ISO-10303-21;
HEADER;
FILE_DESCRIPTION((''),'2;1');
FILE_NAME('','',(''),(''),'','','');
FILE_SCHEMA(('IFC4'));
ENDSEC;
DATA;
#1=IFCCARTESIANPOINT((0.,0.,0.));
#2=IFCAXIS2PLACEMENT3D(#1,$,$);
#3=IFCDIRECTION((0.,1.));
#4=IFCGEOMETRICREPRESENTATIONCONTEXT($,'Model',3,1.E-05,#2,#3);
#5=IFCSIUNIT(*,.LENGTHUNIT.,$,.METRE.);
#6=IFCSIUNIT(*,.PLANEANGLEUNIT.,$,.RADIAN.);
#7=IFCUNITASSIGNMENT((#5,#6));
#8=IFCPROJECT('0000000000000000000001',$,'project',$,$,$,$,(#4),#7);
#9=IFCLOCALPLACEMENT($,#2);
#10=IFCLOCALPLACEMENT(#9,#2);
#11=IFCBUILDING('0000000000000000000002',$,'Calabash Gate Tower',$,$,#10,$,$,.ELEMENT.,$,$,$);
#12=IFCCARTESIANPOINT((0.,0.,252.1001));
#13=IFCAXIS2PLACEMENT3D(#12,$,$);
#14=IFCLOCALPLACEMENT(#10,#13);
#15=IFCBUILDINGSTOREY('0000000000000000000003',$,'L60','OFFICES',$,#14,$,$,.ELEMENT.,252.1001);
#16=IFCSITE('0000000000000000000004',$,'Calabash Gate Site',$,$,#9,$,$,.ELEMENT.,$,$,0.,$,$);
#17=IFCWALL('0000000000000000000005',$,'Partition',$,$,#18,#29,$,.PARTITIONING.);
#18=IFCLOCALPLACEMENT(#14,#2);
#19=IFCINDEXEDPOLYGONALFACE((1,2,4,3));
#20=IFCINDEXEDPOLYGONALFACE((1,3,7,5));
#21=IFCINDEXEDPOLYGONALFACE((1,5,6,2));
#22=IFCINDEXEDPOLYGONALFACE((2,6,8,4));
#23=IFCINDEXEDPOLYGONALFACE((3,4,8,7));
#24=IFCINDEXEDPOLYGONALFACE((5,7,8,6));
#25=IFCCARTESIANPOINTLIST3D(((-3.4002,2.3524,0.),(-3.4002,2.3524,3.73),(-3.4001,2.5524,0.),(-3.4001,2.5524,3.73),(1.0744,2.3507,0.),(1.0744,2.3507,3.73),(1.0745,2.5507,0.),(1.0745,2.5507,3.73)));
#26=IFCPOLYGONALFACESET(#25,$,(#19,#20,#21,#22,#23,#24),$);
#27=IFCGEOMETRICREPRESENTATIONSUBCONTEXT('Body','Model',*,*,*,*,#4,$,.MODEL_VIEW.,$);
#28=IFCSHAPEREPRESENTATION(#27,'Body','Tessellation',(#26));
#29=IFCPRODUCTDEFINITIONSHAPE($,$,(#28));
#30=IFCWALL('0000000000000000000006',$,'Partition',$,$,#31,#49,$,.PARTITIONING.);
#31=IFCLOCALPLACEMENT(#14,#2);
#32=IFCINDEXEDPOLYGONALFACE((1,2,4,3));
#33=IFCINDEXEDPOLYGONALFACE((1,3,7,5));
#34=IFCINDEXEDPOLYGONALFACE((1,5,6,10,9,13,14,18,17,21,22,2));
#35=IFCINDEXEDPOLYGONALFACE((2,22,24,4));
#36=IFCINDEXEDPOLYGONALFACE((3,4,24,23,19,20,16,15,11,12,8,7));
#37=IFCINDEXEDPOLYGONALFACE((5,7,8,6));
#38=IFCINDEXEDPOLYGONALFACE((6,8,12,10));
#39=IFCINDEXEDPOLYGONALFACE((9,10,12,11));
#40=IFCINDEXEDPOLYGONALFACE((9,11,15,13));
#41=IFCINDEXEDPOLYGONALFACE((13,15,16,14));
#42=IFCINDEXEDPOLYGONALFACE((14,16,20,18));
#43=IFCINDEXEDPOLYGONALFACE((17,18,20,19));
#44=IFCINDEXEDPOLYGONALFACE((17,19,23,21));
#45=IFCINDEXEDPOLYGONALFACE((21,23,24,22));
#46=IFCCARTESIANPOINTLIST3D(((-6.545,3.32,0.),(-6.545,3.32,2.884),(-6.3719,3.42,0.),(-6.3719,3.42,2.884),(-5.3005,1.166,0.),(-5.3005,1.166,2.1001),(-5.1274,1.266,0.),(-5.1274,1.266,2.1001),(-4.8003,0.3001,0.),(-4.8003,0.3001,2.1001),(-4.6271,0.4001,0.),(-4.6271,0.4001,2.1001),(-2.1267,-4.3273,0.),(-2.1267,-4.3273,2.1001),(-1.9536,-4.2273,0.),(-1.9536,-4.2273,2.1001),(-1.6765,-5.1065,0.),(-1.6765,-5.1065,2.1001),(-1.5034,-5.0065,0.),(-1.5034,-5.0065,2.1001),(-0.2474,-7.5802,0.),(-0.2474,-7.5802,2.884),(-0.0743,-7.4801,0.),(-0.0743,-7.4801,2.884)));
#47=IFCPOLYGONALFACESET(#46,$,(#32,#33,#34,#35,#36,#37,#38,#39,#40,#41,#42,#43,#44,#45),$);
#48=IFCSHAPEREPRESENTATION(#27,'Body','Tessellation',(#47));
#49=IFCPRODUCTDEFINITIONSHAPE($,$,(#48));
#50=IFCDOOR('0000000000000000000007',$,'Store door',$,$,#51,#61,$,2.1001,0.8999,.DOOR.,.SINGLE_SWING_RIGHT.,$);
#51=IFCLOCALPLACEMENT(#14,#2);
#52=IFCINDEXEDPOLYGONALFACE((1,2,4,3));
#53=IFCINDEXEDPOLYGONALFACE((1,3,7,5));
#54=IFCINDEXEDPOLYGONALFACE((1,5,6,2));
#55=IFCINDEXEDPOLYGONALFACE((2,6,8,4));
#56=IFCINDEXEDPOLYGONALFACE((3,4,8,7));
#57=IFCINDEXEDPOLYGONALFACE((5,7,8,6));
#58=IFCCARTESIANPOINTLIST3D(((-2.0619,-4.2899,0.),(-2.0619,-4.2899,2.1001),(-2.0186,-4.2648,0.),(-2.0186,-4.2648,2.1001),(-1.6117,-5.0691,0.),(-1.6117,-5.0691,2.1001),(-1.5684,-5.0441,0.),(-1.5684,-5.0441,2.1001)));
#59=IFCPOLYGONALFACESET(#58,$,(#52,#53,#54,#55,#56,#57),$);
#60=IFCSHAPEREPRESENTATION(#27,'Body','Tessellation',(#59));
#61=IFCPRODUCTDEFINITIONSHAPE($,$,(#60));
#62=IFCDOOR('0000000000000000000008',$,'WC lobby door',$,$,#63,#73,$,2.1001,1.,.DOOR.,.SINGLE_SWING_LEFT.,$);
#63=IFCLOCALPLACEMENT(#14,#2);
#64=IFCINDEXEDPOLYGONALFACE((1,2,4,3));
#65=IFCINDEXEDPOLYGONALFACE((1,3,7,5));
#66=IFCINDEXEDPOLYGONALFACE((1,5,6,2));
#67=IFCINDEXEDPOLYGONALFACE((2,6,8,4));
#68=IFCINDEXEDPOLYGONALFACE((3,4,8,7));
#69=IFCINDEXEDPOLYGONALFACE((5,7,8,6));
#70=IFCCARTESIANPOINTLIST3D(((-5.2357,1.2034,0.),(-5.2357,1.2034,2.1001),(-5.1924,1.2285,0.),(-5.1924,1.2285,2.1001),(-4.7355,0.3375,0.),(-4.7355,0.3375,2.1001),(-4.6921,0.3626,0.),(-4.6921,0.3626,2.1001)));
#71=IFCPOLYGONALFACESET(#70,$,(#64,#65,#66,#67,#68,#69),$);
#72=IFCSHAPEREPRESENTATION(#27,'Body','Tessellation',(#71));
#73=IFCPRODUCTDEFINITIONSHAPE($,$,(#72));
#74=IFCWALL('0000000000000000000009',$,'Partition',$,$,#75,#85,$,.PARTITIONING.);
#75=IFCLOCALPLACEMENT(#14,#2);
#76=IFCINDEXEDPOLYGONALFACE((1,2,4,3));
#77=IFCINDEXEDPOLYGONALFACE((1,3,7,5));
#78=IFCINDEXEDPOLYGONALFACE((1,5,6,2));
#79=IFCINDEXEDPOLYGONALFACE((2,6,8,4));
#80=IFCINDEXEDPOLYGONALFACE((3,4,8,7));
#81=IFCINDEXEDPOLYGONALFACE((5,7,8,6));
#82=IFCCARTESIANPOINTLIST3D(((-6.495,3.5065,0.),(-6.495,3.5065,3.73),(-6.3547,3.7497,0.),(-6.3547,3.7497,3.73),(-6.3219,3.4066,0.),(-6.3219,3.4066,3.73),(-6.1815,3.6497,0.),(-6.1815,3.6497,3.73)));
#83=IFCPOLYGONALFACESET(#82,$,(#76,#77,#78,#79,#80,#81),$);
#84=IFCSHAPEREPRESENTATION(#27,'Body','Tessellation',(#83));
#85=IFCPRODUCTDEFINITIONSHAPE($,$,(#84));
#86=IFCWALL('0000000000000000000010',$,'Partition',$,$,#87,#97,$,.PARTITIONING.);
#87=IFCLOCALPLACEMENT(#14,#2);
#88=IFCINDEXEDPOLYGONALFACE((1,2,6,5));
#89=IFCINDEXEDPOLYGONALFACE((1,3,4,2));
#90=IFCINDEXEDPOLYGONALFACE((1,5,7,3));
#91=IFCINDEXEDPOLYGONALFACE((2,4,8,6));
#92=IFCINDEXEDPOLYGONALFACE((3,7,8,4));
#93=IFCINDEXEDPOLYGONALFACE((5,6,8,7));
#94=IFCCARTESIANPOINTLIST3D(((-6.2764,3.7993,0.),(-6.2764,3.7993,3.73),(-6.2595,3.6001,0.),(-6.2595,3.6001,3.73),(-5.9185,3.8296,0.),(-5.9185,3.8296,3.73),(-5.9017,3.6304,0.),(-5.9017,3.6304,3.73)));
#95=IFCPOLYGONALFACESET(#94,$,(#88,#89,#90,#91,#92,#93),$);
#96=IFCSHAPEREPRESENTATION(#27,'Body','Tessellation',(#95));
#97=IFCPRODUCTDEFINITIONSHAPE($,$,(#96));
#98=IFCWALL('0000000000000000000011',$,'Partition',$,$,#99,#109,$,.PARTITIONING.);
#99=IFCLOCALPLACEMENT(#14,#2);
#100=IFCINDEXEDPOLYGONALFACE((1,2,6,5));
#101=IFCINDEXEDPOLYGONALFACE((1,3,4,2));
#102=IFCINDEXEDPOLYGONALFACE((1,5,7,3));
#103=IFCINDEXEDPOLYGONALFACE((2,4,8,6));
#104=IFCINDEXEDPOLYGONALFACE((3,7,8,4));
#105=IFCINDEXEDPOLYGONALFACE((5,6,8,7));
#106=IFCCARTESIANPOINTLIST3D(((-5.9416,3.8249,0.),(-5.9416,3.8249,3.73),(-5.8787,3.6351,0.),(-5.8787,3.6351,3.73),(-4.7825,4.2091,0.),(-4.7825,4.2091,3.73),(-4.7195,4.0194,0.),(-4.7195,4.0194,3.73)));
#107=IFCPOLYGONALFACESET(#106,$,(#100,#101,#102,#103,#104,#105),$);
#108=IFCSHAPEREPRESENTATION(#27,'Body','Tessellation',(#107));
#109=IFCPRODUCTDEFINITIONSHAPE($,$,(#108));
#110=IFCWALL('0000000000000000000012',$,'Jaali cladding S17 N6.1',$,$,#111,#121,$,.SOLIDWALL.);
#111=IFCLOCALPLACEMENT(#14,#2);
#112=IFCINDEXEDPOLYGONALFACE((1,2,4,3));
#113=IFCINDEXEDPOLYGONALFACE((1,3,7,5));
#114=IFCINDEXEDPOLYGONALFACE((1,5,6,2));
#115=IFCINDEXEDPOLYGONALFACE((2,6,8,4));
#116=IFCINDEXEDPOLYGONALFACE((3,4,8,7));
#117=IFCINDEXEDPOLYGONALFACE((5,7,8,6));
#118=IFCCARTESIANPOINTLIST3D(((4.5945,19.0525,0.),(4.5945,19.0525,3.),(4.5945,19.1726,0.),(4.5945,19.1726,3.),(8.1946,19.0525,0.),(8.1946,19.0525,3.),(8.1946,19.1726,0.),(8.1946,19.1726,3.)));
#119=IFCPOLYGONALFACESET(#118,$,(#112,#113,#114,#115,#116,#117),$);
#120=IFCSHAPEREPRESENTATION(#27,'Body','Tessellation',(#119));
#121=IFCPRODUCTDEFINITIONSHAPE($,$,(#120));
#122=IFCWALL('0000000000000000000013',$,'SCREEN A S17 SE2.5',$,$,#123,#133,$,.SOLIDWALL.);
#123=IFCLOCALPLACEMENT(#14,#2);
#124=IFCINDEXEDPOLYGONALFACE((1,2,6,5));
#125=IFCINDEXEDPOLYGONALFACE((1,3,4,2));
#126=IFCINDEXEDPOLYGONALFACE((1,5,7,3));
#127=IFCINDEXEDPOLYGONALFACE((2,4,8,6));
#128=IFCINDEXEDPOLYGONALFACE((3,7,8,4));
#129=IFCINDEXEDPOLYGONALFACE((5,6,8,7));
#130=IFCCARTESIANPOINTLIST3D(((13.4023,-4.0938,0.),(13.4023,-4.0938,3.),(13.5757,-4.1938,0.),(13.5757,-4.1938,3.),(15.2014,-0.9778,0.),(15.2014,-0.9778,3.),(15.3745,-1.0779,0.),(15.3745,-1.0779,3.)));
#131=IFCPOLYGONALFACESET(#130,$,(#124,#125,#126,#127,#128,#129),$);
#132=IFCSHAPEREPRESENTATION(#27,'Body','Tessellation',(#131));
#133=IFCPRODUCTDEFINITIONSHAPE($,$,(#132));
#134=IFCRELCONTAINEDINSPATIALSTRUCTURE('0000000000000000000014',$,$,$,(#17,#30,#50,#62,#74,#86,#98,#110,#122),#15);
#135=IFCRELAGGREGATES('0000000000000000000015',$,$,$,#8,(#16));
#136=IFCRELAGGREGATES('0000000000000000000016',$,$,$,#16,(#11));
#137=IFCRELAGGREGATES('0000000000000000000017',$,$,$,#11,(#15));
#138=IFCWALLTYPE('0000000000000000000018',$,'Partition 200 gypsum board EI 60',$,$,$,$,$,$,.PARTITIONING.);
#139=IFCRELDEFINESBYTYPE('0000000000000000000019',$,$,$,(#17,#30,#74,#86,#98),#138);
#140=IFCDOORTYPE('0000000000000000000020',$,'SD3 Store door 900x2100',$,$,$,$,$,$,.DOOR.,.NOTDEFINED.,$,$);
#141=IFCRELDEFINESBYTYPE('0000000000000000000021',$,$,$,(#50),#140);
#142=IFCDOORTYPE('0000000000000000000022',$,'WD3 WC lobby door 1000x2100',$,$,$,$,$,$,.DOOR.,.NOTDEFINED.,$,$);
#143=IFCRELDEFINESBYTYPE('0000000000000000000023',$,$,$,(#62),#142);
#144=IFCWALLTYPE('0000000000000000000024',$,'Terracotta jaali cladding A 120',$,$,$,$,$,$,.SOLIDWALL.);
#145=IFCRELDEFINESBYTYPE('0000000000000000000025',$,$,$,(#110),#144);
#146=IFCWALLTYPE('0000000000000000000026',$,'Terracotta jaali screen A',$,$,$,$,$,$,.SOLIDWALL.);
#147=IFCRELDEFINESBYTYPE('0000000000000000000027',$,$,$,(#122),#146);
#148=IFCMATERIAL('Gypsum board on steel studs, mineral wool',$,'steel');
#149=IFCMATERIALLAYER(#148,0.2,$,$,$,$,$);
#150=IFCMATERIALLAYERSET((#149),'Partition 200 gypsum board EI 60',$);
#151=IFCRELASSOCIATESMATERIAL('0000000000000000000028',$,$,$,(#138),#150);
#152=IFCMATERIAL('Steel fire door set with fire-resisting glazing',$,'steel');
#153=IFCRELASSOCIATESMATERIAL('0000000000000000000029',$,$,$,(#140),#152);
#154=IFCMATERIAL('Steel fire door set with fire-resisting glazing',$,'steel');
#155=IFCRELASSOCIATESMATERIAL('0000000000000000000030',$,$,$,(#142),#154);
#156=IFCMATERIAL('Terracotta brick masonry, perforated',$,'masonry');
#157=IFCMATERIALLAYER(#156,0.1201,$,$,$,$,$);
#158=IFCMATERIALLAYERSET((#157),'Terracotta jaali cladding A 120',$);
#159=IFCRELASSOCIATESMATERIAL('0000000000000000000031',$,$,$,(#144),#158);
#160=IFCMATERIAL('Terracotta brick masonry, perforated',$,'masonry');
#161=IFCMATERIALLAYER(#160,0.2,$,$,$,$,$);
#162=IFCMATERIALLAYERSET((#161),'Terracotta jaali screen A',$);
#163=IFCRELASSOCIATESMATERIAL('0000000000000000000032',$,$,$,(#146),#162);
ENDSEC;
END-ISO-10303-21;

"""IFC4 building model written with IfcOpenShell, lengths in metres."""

from ifc_helpers import new_model, si_unit, direction, frame, frame_2d, origin, place, context, subcontext, project, spatial, polyline, rectangle, outline, extrude, material, layer, layer_set, type_object, element, fill, save


model = new_model("IFC4")

# Units and contexts
model_context = context("Model", 3, precision=1e-05, world=origin(), true_north=direction((0.0, 1.0)))
body_context = subcontext(model_context, "Body", "Model", "MODEL_VIEW")
ifc_project = project(units=[si_unit("LENGTHUNIT", "METRE"), si_unit("PLANEANGLEUNIT", "RADIAN")], contexts=[model_context])

# Site, building, storey
site_placement = place(None, origin())
site = spatial("IfcSite", under=ifc_project, at=site_placement, Name="Calabash Gate Site", CompositionType="ELEMENT", RefElevation=0.0)
building_placement = place(site_placement, origin())
building = spatial("IfcBuilding", under=site, at=building_placement, Name="Calabash Gate Tower", CompositionType="ELEMENT")
storey_placement = place(building_placement, frame((0.0, 0.0, 252.1001)))
storey = spatial("IfcBuildingStorey", under=building, at=storey_placement, Name="L60", Description="OFFICES", CompositionType="ELEMENT", Elevation=252.1001)

# Shared definitions
ifc_material_1 = material(Name="Gypsum board on steel studs, mineral wool", Category="steel")
ifc_layer_1 = layer(ifc_material_1, 0.2)
ifc_layer_set_1 = layer_set([ifc_layer_1], Name="Partition 200 gypsum board EI 60")
wall_type_1 = type_object("IfcWallType", Name="Partition 200 gypsum board EI 60", PredefinedType="PARTITIONING", material=ifc_layer_set_1)

# Wall
wall_1_placement = place(storey_placement, frame((-3.4001, 2.4524, 0.0), z_axis=(0.0, 0.0, 1.0), x_axis=(1.0, -0.000382, 0.0)))
element("IfcWall", 1, at=wall_1_placement, inside=storey, type_object=wall_type_1, Name="Partition", PredefinedType="PARTITIONING", context=body_context, shape_type="SweptSolid", body=[
    extrude(rectangle(XDim=4.4746, YDim=0.2, at=frame_2d((2.2373, 0.0))), origin(), (0.0, 0.0, 1.0), 3.73),
])

# Wall, openings, doors
wall_2_placement = place(storey_placement, frame((-6.4585, 3.3701, 0.0), z_axis=(0.0, 0.0, 1.0), x_axis=(0.500262, -0.865874, 0.0)))
wall_2 = element("IfcWall", 2, at=wall_2_placement, inside=storey, type_object=wall_type_1, Name="Partition", PredefinedType="PARTITIONING", context=body_context, shape_type="SweptSolid", body=[
    extrude(rectangle(XDim=12.5886, YDim=0.2, at=frame_2d((6.2944, 0.0))), origin(), (0.0, 0.0, 1.0), 2.884),
])
opening_1_placement = place(wall_2_placement, frame((8.832, 0.0, 0.0)))
opening_1 = element("IfcOpeningElement", 3, at=opening_1_placement, cuts=wall_2, PredefinedType="OPENING", context=body_context, shape_type="SweptSolid", body=[
    extrude(rectangle(XDim=0.8999, YDim=2.1001, at=frame_2d((0.45, 1.05))), frame((0.0, 0.1099, 0.0), z_axis=(0.0, -1.0, 0.0), x_axis=(1.0, 0.0, 0.0)), (0.0, 0.0, 1.0), 0.22),
])
opening_2_placement = place(wall_2_placement, frame((2.4878, 0.0, 0.0)))
opening_2 = element("IfcOpeningElement", 4, at=opening_2_placement, cuts=wall_2, PredefinedType="OPENING", context=body_context, shape_type="SweptSolid", body=[
    extrude(rectangle(XDim=1.0, YDim=2.1001, at=frame_2d((0.5, 1.05))), frame((0.0, 0.1099, 0.0), z_axis=(0.0, -1.0, 0.0), x_axis=(1.0, 0.0, 0.0)), (0.0, 0.0, 1.0), 0.22),
])
ifc_material_2 = material(Name="Steel fire door set with fire-resisting glazing", Category="steel")
door_type_1 = type_object("IfcDoorType", Name="SD3 Store door 900x2100", OperationType="NOTDEFINED", PredefinedType="DOOR", material=ifc_material_2)
door_1_placement = place(opening_1_placement, origin())
door_1 = element("IfcDoor", 5, at=door_1_placement, inside=storey, type_object=door_type_1, Name="Store door", OperationType="SINGLE_SWING_RIGHT", OverallHeight=2.1001, OverallWidth=0.8999, PredefinedType="DOOR", context=body_context, shape_type="SweptSolid", body=[
    extrude(rectangle(XDim=0.8999, YDim=2.1001, at=frame_2d((0.45, 1.05))), frame((0.0, 0.0249, 0.0), z_axis=(0.0, -1.0, 0.0), x_axis=(1.0, 0.0, 0.0)), (0.0, 0.0, 1.0), 0.05),
])
fill(opening_1, door_1)
ifc_material_3 = material(Name="Steel fire door set with fire-resisting glazing", Category="steel")
door_type_2 = type_object("IfcDoorType", Name="WD3 WC lobby door 1000x2100", OperationType="NOTDEFINED", PredefinedType="DOOR", material=ifc_material_3)
door_2_placement = place(opening_2_placement, origin())
door_2 = element("IfcDoor", 6, at=door_2_placement, inside=storey, type_object=door_type_2, Name="WC lobby door", OperationType="SINGLE_SWING_LEFT", OverallHeight=2.1001, OverallWidth=1.0, PredefinedType="DOOR", context=body_context, shape_type="SweptSolid", body=[
    extrude(rectangle(XDim=1.0, YDim=2.1001, at=frame_2d((0.5, 1.05))), frame((0.0, 0.0249, 0.0), z_axis=(0.0, -1.0, 0.0), x_axis=(1.0, 0.0, 0.0)), (0.0, 0.0, 1.0), 0.05),
])
fill(opening_2, door_2)

# Walls
wall_3_placement = place(storey_placement, frame((-6.4084, 3.4565, 0.0), z_axis=(0.0, 0.0, 1.0), x_axis=(0.499973, 0.866041, 0.0)))
element("IfcWall", 7, at=wall_3_placement, inside=storey, type_object=wall_type_1, Name="Partition", PredefinedType="PARTITIONING", context=body_context, shape_type="SweptSolid", body=[
    extrude(rectangle(XDim=0.2808, YDim=0.2, at=frame_2d((0.1404, 0.0))), origin(), (0.0, 0.0, 1.0), 3.73),
])
wall_4_placement = place(storey_placement, frame((-6.2681, 3.6997, 0.0), z_axis=(0.0, 0.0, 1.0), x_axis=(0.996442, 0.084283, 0.0)))
element("IfcWall", 8, at=wall_4_placement, inside=storey, type_object=wall_type_1, Name="Partition", PredefinedType="PARTITIONING", context=body_context, shape_type="SweptSolid", body=[
    extrude(rectangle(XDim=0.3591, YDim=0.2, at=frame_2d((0.1797, 0.0))), origin(), (0.0, 0.0, 1.0), 3.73),
])
wall_5_placement = place(storey_placement, frame((-5.9102, 3.73, 0.0), z_axis=(0.0, 0.0, 1.0), x_axis=(0.949202, 0.314668, 0.0)))
element("IfcWall", 9, at=wall_5_placement, inside=storey, type_object=wall_type_1, Name="Partition", PredefinedType="PARTITIONING", context=body_context, shape_type="SweptSolid", body=[
    extrude(rectangle(XDim=1.2212, YDim=0.2, at=frame_2d((0.6106, 0.0))), origin(), (0.0, 0.0, 1.0), 3.73),
])
ifc_material_4 = material(Name="Terracotta brick masonry, perforated", Category="masonry")
ifc_layer_2 = layer(ifc_material_4, 0.1201)
ifc_layer_set_2 = layer_set([ifc_layer_2], Name="Terracotta jaali cladding A 120")
wall_type_2 = type_object("IfcWallType", Name="Terracotta jaali cladding A 120", PredefinedType="SOLIDWALL", material=ifc_layer_set_2)
wall_6_placement = place(storey_placement, origin())
element("IfcWall", 10, at=wall_6_placement, inside=storey, type_object=wall_type_2, Name="Jaali cladding S17 N6.1", PredefinedType="SOLIDWALL", context=body_context, shape_type="SweptSolid", body=[
    extrude(outline(polyline([(4.5945, 19.1726), (4.5945, 19.0525), (8.1946, 19.0525), (8.1946, 19.1726), (4.5945, 19.1726)])), origin(), (0.0, 0.0, 1.0), 3.0),
])
ifc_material_5 = material(Name="Terracotta brick masonry, perforated", Category="masonry")
ifc_layer_3 = layer(ifc_material_5, 0.2)
ifc_layer_set_3 = layer_set([ifc_layer_3], Name="Terracotta jaali screen A")
wall_type_3 = type_object("IfcWallType", Name="Terracotta jaali screen A", PredefinedType="SOLIDWALL", material=ifc_layer_set_3)
wall_7_placement = place(storey_placement, origin())
element("IfcWall", 11, at=wall_7_placement, inside=storey, type_object=wall_type_3, Name="SCREEN A S17 SE2.5", PredefinedType="SOLIDWALL", context=body_context, shape_type="SweptSolid", body=[
    extrude(outline(polyline([(15.2014, -0.9778), (13.4023, -4.0938), (13.5757, -4.1938), (15.3745, -1.0779), (15.2014, -0.9778)])), origin(), (0.0, 0.0, 1.0), 3.0),
])

save(model, "model.ifc")
